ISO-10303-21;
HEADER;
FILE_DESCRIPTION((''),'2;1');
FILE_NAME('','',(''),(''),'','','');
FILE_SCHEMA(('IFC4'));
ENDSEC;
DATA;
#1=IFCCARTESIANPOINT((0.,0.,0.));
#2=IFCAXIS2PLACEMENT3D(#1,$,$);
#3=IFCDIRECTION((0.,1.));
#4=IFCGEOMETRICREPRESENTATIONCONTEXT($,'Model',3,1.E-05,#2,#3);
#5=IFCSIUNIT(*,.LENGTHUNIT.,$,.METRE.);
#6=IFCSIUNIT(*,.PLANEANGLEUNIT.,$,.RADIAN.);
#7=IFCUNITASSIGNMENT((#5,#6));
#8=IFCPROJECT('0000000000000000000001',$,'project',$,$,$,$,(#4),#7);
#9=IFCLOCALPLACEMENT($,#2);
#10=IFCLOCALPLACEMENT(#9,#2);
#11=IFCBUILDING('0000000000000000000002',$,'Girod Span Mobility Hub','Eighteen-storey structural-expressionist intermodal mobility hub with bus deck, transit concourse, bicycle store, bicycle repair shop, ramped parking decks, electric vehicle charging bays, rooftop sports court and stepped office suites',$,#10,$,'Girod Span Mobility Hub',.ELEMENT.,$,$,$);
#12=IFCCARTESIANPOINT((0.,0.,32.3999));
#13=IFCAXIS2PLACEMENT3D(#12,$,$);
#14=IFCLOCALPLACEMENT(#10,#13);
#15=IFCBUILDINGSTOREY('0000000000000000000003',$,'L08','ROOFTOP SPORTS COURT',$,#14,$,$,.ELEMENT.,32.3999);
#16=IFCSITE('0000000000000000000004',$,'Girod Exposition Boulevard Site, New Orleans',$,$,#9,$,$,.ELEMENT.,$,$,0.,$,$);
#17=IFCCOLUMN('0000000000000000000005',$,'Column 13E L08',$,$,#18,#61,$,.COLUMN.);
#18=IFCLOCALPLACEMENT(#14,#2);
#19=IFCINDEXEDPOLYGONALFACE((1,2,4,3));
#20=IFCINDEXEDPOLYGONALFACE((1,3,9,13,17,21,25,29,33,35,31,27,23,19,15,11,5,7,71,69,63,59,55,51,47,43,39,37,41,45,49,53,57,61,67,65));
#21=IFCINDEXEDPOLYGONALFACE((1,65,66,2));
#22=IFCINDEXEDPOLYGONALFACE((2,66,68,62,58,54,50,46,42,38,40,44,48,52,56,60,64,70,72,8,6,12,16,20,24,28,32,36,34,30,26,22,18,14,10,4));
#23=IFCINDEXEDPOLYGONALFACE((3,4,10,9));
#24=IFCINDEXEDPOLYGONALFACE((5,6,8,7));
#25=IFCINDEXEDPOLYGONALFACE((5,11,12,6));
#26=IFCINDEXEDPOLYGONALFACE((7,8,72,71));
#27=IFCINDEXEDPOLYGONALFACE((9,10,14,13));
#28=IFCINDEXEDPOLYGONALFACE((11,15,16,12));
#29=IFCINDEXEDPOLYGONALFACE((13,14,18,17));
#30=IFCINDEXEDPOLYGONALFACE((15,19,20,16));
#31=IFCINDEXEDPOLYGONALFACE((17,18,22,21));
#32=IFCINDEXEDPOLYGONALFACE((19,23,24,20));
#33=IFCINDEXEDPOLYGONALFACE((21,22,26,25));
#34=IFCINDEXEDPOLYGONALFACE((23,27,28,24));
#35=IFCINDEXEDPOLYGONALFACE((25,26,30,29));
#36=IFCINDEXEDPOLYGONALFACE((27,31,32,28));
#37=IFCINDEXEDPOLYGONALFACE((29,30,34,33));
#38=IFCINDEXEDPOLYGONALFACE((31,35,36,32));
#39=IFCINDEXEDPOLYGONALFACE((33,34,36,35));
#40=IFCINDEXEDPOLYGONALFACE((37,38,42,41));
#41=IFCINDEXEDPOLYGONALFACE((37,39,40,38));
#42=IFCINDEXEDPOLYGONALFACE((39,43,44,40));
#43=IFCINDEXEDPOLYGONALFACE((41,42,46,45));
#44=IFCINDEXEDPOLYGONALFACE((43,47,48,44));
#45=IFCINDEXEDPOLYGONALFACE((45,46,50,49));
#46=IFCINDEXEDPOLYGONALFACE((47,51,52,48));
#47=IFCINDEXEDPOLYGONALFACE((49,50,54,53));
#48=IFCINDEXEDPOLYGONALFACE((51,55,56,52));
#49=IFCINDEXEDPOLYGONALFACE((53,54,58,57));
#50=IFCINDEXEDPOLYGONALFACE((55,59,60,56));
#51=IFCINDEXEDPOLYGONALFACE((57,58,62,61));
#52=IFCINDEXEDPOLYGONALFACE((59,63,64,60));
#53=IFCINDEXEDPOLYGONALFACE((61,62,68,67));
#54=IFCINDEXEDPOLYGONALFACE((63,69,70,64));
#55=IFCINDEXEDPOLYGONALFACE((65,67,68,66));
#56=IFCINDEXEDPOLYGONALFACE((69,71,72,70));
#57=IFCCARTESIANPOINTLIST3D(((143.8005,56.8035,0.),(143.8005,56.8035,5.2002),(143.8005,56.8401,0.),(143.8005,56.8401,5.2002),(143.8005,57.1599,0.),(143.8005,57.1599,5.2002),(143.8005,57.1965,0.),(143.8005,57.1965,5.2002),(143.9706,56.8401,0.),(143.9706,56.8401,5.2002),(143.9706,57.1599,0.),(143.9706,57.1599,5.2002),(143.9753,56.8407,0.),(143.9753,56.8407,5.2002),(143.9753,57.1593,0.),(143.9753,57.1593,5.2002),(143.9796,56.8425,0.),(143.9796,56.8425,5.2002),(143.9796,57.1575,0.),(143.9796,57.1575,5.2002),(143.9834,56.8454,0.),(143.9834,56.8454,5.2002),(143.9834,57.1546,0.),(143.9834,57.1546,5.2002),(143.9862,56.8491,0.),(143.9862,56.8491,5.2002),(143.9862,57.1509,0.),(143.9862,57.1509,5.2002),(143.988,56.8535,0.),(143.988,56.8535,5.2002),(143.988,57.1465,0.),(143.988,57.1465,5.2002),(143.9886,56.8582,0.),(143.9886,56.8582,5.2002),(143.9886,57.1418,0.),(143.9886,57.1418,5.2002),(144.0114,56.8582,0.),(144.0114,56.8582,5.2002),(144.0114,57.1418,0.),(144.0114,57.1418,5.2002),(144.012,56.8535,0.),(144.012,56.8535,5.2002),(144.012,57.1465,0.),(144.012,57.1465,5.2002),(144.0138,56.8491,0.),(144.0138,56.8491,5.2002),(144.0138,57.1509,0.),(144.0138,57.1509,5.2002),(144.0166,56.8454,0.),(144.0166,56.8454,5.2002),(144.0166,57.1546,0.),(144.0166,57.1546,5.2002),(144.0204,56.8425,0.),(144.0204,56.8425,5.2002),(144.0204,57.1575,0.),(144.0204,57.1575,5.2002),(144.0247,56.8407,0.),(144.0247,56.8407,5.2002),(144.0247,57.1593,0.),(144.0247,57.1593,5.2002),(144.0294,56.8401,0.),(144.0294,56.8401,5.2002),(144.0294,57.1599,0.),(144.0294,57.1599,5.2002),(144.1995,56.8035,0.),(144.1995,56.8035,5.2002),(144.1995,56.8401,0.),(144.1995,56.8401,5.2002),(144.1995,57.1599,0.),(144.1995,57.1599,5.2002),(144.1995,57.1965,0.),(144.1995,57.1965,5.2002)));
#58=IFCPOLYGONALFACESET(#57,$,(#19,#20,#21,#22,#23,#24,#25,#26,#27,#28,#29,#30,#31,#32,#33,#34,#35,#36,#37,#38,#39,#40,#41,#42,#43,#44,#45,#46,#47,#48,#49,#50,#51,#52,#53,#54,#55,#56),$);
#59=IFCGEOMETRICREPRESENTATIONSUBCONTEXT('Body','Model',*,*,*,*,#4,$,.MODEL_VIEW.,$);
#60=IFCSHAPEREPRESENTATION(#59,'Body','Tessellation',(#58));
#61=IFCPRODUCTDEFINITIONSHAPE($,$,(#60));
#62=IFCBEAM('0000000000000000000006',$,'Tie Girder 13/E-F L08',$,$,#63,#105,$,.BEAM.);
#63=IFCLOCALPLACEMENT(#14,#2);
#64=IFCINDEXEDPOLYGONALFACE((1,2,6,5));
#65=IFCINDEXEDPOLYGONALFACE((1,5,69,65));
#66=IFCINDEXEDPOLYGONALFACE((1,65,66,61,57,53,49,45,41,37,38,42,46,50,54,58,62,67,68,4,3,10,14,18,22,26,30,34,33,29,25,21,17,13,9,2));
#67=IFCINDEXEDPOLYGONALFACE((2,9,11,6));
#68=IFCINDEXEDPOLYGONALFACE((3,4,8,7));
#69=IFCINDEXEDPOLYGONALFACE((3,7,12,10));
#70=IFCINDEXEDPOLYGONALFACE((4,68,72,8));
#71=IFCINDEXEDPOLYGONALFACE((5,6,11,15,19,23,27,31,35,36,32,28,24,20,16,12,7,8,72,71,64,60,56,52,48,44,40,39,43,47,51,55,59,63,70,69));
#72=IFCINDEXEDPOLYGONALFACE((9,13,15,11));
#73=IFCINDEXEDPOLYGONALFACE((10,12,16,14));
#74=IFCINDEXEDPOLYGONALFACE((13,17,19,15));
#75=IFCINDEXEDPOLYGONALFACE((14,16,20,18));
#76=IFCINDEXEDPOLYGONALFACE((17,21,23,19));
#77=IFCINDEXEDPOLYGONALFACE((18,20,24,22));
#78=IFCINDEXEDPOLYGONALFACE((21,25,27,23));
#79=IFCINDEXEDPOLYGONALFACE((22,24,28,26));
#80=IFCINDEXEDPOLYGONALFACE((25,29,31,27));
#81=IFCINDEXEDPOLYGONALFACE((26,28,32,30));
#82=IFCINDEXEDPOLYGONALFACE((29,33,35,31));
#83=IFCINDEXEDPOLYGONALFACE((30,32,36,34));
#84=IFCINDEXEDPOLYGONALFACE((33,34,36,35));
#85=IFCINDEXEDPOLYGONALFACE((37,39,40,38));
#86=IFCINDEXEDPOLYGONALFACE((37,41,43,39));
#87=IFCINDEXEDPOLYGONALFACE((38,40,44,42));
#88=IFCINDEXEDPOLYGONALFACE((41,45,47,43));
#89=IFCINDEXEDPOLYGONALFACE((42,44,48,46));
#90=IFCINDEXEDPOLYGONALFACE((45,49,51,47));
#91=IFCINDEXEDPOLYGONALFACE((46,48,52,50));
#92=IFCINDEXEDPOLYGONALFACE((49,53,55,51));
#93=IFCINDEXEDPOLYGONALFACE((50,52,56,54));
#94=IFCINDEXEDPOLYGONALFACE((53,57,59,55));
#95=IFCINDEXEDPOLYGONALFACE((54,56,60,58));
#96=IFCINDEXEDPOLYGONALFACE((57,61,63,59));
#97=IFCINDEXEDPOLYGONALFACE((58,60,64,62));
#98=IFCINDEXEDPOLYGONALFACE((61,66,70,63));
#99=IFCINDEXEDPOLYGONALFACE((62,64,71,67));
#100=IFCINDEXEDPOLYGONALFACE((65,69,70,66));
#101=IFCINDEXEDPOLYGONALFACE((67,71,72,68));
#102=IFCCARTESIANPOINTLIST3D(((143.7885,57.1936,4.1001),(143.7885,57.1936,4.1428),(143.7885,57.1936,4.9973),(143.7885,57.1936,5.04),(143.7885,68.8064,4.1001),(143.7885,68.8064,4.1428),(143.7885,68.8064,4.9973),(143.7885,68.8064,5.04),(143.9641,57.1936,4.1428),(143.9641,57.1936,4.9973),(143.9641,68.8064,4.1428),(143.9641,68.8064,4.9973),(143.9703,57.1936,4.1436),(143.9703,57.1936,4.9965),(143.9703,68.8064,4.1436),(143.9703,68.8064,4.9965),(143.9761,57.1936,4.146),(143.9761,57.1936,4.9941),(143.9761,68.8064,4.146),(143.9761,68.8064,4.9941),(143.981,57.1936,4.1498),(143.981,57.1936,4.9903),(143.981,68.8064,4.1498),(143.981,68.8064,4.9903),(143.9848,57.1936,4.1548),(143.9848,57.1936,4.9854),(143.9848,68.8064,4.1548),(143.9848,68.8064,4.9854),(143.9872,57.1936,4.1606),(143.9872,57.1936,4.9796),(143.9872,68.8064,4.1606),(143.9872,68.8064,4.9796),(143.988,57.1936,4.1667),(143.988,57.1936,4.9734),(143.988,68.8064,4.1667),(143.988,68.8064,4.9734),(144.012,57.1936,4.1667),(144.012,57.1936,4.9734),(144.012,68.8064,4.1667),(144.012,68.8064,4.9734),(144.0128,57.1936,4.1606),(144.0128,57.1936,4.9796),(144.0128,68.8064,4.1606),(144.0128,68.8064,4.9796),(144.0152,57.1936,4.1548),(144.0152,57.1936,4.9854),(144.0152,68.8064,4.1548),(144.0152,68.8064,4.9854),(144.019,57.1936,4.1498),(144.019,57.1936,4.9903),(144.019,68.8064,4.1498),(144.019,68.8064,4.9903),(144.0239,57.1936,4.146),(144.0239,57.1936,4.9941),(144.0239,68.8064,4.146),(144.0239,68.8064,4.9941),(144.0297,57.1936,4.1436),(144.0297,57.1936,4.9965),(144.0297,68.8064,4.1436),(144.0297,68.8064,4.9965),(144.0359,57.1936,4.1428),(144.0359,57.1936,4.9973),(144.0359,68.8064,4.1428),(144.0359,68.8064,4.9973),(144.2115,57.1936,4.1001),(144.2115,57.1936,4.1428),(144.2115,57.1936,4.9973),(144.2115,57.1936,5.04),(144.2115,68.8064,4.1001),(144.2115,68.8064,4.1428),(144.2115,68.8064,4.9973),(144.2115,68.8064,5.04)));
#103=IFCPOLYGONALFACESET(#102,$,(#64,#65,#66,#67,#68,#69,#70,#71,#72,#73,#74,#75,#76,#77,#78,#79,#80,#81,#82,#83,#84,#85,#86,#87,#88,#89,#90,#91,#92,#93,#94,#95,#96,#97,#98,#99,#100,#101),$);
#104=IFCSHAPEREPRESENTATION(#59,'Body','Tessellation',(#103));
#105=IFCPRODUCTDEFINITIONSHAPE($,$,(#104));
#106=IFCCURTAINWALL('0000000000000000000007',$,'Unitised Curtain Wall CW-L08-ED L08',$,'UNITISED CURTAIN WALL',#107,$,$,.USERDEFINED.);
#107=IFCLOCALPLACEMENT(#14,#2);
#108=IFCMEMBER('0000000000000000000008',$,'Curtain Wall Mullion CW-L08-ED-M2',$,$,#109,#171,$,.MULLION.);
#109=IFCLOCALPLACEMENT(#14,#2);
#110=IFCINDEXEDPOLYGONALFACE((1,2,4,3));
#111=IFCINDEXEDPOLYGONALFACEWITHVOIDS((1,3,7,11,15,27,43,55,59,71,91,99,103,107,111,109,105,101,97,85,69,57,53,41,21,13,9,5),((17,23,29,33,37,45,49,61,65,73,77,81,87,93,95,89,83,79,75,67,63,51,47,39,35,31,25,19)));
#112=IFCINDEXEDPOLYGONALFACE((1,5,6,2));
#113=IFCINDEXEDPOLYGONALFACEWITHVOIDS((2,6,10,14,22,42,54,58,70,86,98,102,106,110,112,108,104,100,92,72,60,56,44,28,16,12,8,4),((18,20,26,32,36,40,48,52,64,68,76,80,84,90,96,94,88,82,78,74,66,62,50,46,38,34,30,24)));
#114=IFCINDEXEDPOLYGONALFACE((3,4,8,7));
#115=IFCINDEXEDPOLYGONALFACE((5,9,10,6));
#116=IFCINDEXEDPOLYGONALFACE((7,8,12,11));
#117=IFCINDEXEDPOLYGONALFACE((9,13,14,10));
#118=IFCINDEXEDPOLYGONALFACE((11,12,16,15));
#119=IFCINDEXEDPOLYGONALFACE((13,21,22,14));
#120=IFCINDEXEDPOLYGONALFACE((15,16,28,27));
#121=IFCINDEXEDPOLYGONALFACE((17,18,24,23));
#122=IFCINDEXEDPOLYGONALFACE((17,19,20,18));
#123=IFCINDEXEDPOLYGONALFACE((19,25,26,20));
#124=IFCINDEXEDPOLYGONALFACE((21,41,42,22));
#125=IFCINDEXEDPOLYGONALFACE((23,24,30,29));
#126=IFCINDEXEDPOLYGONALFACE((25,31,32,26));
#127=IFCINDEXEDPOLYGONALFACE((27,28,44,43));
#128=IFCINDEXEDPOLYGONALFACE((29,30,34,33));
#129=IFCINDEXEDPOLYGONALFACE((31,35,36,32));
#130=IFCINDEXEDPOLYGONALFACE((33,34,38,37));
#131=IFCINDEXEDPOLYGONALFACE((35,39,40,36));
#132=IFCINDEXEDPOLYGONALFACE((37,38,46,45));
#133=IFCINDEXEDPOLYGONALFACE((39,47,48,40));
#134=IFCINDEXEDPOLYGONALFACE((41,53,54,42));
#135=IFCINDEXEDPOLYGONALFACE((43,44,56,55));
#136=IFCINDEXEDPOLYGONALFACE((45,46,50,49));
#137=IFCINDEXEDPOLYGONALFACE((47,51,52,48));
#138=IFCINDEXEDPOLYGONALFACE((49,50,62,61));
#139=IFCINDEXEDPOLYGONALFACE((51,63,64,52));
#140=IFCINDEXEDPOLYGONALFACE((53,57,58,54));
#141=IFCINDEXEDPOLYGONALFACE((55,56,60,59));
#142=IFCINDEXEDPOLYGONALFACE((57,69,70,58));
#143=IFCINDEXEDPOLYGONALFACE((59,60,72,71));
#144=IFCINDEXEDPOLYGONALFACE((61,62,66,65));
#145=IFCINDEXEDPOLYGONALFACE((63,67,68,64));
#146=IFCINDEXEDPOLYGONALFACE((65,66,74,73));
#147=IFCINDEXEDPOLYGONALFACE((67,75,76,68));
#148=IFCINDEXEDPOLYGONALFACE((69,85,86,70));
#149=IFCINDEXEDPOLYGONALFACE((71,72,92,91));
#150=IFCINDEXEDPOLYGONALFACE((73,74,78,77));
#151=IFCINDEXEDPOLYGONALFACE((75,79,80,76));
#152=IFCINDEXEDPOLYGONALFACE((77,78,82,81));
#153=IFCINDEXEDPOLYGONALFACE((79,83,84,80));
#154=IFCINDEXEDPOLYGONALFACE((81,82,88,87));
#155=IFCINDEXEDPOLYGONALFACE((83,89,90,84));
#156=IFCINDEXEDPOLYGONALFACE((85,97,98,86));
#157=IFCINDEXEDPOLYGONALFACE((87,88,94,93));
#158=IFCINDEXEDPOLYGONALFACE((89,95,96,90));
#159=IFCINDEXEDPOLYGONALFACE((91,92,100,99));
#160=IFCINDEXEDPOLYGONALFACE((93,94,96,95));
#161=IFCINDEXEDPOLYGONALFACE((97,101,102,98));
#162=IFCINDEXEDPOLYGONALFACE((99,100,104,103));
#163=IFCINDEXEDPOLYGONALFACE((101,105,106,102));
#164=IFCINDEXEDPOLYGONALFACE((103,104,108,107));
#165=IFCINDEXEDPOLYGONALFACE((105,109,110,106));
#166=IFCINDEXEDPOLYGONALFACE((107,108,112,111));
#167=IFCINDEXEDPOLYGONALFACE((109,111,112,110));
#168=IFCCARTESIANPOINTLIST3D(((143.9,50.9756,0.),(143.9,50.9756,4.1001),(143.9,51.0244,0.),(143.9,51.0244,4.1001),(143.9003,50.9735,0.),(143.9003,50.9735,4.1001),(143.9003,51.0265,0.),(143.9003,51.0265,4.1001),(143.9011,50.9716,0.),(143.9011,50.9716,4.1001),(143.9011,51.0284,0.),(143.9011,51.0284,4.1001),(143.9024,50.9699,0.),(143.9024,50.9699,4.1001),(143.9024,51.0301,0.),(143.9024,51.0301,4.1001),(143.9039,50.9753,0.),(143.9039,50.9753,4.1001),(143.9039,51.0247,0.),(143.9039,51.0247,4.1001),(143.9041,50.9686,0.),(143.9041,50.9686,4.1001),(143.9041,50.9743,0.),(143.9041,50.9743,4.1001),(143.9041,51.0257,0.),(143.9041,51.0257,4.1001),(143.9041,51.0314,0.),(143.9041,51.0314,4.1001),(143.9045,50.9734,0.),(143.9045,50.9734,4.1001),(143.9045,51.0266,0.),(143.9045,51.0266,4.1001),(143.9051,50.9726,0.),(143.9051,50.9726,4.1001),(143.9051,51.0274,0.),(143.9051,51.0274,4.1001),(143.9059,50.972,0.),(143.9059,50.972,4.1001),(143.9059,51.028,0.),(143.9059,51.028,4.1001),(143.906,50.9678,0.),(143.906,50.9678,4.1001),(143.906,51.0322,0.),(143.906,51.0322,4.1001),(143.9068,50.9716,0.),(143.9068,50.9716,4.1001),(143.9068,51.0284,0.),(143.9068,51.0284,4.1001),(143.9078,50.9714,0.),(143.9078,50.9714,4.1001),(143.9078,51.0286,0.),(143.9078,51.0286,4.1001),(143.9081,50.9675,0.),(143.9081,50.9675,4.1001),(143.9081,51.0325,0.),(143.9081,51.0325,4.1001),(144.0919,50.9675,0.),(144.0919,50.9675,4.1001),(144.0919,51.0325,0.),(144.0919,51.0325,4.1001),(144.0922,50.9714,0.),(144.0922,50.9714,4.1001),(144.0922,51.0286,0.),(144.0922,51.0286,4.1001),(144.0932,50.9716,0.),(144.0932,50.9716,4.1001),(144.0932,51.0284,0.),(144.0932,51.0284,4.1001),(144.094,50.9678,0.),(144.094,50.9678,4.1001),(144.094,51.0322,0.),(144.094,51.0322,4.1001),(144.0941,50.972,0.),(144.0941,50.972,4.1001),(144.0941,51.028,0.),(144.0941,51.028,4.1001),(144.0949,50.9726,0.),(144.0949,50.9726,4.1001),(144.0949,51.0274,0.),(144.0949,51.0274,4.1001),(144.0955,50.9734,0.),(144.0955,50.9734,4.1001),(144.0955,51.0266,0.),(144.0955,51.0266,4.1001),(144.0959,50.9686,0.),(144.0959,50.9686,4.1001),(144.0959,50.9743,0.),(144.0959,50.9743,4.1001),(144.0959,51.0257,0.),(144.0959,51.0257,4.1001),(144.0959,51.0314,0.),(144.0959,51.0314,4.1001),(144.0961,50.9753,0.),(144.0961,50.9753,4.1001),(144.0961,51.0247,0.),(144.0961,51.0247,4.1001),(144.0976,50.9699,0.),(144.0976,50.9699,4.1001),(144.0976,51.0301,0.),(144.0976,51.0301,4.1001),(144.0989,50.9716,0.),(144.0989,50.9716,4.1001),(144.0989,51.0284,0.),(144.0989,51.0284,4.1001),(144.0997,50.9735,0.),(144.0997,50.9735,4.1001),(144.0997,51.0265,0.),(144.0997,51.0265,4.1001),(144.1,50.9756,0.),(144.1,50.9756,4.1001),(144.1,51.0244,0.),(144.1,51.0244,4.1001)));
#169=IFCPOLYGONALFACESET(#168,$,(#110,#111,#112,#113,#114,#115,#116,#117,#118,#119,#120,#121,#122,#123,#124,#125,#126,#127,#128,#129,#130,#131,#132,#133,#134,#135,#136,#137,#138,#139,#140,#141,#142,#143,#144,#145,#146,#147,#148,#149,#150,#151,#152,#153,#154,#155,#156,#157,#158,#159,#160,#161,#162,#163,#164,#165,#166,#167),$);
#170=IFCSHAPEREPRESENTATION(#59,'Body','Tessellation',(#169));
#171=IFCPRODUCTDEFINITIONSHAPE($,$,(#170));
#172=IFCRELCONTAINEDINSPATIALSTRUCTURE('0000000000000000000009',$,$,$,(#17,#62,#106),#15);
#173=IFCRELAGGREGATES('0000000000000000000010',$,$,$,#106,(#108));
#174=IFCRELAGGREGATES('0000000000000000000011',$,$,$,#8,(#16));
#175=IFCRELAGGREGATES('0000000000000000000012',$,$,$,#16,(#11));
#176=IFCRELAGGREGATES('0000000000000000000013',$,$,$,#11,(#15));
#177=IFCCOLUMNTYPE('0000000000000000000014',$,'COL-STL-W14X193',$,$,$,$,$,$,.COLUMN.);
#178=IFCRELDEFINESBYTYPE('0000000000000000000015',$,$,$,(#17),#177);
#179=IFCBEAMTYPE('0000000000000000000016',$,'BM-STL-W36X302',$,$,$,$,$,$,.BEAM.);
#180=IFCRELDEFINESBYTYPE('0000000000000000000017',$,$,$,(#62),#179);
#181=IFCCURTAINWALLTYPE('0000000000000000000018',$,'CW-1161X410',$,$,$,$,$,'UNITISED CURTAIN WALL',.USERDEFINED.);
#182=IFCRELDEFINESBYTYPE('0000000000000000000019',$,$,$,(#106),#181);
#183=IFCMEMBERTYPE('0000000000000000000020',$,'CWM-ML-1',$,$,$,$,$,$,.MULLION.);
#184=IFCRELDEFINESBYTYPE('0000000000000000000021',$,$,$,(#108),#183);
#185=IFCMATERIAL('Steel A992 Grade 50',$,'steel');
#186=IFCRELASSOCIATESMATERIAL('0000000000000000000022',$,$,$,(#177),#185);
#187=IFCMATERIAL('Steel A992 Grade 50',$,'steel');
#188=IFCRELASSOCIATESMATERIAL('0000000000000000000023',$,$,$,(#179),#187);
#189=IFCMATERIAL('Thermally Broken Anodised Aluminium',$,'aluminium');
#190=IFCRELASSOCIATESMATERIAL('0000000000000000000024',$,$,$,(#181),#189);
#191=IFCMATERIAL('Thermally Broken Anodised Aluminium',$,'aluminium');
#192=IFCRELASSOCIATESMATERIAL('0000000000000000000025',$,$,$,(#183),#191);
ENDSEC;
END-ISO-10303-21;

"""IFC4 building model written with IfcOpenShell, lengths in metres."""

from ifc_helpers import new_model, si_unit, direction, frame, origin, origin_2d, place, context, subcontext, project, spatial, hollow_rectangle, i_section, extrude, material, material_profile, profile_set, type_object, element, aggregate, save


model = new_model("IFC4")

# Units and contexts
model_context = context("Model", 3, precision=1e-05, world=origin(), true_north=direction((0.0, 1.0)))
body_context = subcontext(model_context, "Body", "Model", "MODEL_VIEW")
ifc_project = project(units=[si_unit("LENGTHUNIT", "METRE"), si_unit("PLANEANGLEUNIT", "RADIAN")], contexts=[model_context])

# Site, building, storey
site_placement = place(None, origin())
site = spatial("IfcSite", under=ifc_project, at=site_placement, Name="Girod Exposition Boulevard Site, New Orleans", CompositionType="ELEMENT", RefElevation=0.0)
building_placement = place(site_placement, origin())
building = spatial("IfcBuilding", under=site, at=building_placement, Name="Girod Span Mobility Hub", Description="Eighteen-storey structural-expressionist intermodal mobility hub with bus deck, transit concourse, bicycle store, bicycle repair shop, ramped parking decks, electric vehicle charging bays, rooftop sports court and stepped office suites", LongName="Girod Span Mobility Hub", CompositionType="ELEMENT")
storey_placement = place(building_placement, frame((0.0, 0.0, 32.3999)))
storey = spatial("IfcBuildingStorey", under=building, at=storey_placement, Name="L08", Description="ROOFTOP SPORTS COURT", CompositionType="ELEMENT", Elevation=32.3999)

# Column
ifc_material_1 = material(Name="Steel A992 Grade 50", Category="steel")
ifc_material_profile_1 = material_profile(ifc_material_1, i_section(OverallWidth=0.3989, OverallDepth=0.3931, WebThickness=0.0227, FlangeThickness=0.0366, FilletRadius=0.0181, at=origin_2d()), Name="W14X193")
ifc_profile_set_1 = profile_set([ifc_material_profile_1], Name="Steel A992 Grade 50")
column_type = type_object("IfcColumnType", Name="COL-STL-W14X193", PredefinedType="COLUMN", material=ifc_profile_set_1)
column_placement = place(storey_placement, frame((144.0, 57.0, 0.0), z_axis=(0.0, 0.0, 1.0), x_axis=(1.0, 0.0, 0.0)))
element("IfcColumn", 1, at=column_placement, inside=storey, type_object=column_type, Name="Column 13E L08", PredefinedType="COLUMN", context=body_context, shape_type="SweptSolid", body=[
    extrude(i_section(OverallWidth=0.3989, OverallDepth=0.3931, WebThickness=0.0227, FlangeThickness=0.0366, FilletRadius=0.0181, at=origin_2d()), origin(), (0.0, 0.0, 1.0), 5.2002),
])

# Beam
ifc_material_2 = material(Name="Steel A992 Grade 50", Category="steel")
ifc_material_profile_2 = material_profile(ifc_material_2, i_section(OverallWidth=0.4231, OverallDepth=0.9399, WebThickness=0.0239, FlangeThickness=0.0427, FilletRadius=0.0239, at=origin_2d()), Name="W36X302")
ifc_profile_set_2 = profile_set([ifc_material_profile_2], Name="Steel A992 Grade 50")
beam_type = type_object("IfcBeamType", Name="BM-STL-W36X302", PredefinedType="BEAM", material=ifc_profile_set_2)
beam_placement = place(storey_placement, frame((144.0, 57.1936, 4.5701), z_axis=(0.0, 1.0, 0.0), x_axis=(-1.0, 0.0, 0.0)))
element("IfcBeam", 2, at=beam_placement, inside=storey, type_object=beam_type, Name="Tie Girder 13/E-F L08", PredefinedType="BEAM", context=body_context, shape_type="SweptSolid", body=[
    extrude(i_section(OverallWidth=0.4231, OverallDepth=0.9399, WebThickness=0.0239, FlangeThickness=0.0427, FilletRadius=0.0239, at=origin_2d()), origin(), (0.0, 0.0, 1.0), 11.6128),
])

# Curtain wall, member
ifc_material_3 = material(Name="Thermally Broken Anodised Aluminium", Category="aluminium")
curtain_wall_type = type_object("IfcCurtainWallType", Name="CW-1161X410", ElementType="UNITISED CURTAIN WALL", PredefinedType="USERDEFINED", material=ifc_material_3)
curtain_wall_1_placement = place(storey_placement, origin())
curtain_wall_1 = element("IfcCurtainWall", 3, at=curtain_wall_1_placement, inside=storey, type_object=curtain_wall_type, Name="Unitised Curtain Wall CW-L08-ED L08", ObjectType="UNITISED CURTAIN WALL", PredefinedType="USERDEFINED")
ifc_material_4 = material(Name="Thermally Broken Anodised Aluminium", Category="aluminium")
ifc_material_profile_3 = material_profile(ifc_material_4, hollow_rectangle(XDim=0.2, YDim=0.0649, WallThickness=0.0039, InnerFilletRadius=0.0039, OuterFilletRadius=0.0081, at=origin_2d()), Name="CW-ML-65X200")
ifc_profile_set_3 = profile_set([ifc_material_profile_3], Name="Thermally Broken Anodised Aluminium")
member_type_1 = type_object("IfcMemberType", Name="CWM-ML-1", PredefinedType="MULLION", material=ifc_profile_set_3)
member_1_placement = place(storey_placement, frame((144.0, 51.0, 0.0), z_axis=(0.0, 0.0, 1.0), x_axis=(1.0, 0.0, 0.0)))
member_1 = element("IfcMember", 4, at=member_1_placement, type_object=member_type_1, Name="Curtain Wall Mullion CW-L08-ED-M2", PredefinedType="MULLION", context=body_context, shape_type="SweptSolid", body=[
    extrude(hollow_rectangle(XDim=0.2, YDim=0.0649, WallThickness=0.0039, InnerFilletRadius=0.0039, OuterFilletRadius=0.0081, at=origin_2d()), origin(), (0.0, 0.0, 1.0), 4.1001),
])

aggregate(curtain_wall_1, [member_1])

save(model, "model.ifc")
